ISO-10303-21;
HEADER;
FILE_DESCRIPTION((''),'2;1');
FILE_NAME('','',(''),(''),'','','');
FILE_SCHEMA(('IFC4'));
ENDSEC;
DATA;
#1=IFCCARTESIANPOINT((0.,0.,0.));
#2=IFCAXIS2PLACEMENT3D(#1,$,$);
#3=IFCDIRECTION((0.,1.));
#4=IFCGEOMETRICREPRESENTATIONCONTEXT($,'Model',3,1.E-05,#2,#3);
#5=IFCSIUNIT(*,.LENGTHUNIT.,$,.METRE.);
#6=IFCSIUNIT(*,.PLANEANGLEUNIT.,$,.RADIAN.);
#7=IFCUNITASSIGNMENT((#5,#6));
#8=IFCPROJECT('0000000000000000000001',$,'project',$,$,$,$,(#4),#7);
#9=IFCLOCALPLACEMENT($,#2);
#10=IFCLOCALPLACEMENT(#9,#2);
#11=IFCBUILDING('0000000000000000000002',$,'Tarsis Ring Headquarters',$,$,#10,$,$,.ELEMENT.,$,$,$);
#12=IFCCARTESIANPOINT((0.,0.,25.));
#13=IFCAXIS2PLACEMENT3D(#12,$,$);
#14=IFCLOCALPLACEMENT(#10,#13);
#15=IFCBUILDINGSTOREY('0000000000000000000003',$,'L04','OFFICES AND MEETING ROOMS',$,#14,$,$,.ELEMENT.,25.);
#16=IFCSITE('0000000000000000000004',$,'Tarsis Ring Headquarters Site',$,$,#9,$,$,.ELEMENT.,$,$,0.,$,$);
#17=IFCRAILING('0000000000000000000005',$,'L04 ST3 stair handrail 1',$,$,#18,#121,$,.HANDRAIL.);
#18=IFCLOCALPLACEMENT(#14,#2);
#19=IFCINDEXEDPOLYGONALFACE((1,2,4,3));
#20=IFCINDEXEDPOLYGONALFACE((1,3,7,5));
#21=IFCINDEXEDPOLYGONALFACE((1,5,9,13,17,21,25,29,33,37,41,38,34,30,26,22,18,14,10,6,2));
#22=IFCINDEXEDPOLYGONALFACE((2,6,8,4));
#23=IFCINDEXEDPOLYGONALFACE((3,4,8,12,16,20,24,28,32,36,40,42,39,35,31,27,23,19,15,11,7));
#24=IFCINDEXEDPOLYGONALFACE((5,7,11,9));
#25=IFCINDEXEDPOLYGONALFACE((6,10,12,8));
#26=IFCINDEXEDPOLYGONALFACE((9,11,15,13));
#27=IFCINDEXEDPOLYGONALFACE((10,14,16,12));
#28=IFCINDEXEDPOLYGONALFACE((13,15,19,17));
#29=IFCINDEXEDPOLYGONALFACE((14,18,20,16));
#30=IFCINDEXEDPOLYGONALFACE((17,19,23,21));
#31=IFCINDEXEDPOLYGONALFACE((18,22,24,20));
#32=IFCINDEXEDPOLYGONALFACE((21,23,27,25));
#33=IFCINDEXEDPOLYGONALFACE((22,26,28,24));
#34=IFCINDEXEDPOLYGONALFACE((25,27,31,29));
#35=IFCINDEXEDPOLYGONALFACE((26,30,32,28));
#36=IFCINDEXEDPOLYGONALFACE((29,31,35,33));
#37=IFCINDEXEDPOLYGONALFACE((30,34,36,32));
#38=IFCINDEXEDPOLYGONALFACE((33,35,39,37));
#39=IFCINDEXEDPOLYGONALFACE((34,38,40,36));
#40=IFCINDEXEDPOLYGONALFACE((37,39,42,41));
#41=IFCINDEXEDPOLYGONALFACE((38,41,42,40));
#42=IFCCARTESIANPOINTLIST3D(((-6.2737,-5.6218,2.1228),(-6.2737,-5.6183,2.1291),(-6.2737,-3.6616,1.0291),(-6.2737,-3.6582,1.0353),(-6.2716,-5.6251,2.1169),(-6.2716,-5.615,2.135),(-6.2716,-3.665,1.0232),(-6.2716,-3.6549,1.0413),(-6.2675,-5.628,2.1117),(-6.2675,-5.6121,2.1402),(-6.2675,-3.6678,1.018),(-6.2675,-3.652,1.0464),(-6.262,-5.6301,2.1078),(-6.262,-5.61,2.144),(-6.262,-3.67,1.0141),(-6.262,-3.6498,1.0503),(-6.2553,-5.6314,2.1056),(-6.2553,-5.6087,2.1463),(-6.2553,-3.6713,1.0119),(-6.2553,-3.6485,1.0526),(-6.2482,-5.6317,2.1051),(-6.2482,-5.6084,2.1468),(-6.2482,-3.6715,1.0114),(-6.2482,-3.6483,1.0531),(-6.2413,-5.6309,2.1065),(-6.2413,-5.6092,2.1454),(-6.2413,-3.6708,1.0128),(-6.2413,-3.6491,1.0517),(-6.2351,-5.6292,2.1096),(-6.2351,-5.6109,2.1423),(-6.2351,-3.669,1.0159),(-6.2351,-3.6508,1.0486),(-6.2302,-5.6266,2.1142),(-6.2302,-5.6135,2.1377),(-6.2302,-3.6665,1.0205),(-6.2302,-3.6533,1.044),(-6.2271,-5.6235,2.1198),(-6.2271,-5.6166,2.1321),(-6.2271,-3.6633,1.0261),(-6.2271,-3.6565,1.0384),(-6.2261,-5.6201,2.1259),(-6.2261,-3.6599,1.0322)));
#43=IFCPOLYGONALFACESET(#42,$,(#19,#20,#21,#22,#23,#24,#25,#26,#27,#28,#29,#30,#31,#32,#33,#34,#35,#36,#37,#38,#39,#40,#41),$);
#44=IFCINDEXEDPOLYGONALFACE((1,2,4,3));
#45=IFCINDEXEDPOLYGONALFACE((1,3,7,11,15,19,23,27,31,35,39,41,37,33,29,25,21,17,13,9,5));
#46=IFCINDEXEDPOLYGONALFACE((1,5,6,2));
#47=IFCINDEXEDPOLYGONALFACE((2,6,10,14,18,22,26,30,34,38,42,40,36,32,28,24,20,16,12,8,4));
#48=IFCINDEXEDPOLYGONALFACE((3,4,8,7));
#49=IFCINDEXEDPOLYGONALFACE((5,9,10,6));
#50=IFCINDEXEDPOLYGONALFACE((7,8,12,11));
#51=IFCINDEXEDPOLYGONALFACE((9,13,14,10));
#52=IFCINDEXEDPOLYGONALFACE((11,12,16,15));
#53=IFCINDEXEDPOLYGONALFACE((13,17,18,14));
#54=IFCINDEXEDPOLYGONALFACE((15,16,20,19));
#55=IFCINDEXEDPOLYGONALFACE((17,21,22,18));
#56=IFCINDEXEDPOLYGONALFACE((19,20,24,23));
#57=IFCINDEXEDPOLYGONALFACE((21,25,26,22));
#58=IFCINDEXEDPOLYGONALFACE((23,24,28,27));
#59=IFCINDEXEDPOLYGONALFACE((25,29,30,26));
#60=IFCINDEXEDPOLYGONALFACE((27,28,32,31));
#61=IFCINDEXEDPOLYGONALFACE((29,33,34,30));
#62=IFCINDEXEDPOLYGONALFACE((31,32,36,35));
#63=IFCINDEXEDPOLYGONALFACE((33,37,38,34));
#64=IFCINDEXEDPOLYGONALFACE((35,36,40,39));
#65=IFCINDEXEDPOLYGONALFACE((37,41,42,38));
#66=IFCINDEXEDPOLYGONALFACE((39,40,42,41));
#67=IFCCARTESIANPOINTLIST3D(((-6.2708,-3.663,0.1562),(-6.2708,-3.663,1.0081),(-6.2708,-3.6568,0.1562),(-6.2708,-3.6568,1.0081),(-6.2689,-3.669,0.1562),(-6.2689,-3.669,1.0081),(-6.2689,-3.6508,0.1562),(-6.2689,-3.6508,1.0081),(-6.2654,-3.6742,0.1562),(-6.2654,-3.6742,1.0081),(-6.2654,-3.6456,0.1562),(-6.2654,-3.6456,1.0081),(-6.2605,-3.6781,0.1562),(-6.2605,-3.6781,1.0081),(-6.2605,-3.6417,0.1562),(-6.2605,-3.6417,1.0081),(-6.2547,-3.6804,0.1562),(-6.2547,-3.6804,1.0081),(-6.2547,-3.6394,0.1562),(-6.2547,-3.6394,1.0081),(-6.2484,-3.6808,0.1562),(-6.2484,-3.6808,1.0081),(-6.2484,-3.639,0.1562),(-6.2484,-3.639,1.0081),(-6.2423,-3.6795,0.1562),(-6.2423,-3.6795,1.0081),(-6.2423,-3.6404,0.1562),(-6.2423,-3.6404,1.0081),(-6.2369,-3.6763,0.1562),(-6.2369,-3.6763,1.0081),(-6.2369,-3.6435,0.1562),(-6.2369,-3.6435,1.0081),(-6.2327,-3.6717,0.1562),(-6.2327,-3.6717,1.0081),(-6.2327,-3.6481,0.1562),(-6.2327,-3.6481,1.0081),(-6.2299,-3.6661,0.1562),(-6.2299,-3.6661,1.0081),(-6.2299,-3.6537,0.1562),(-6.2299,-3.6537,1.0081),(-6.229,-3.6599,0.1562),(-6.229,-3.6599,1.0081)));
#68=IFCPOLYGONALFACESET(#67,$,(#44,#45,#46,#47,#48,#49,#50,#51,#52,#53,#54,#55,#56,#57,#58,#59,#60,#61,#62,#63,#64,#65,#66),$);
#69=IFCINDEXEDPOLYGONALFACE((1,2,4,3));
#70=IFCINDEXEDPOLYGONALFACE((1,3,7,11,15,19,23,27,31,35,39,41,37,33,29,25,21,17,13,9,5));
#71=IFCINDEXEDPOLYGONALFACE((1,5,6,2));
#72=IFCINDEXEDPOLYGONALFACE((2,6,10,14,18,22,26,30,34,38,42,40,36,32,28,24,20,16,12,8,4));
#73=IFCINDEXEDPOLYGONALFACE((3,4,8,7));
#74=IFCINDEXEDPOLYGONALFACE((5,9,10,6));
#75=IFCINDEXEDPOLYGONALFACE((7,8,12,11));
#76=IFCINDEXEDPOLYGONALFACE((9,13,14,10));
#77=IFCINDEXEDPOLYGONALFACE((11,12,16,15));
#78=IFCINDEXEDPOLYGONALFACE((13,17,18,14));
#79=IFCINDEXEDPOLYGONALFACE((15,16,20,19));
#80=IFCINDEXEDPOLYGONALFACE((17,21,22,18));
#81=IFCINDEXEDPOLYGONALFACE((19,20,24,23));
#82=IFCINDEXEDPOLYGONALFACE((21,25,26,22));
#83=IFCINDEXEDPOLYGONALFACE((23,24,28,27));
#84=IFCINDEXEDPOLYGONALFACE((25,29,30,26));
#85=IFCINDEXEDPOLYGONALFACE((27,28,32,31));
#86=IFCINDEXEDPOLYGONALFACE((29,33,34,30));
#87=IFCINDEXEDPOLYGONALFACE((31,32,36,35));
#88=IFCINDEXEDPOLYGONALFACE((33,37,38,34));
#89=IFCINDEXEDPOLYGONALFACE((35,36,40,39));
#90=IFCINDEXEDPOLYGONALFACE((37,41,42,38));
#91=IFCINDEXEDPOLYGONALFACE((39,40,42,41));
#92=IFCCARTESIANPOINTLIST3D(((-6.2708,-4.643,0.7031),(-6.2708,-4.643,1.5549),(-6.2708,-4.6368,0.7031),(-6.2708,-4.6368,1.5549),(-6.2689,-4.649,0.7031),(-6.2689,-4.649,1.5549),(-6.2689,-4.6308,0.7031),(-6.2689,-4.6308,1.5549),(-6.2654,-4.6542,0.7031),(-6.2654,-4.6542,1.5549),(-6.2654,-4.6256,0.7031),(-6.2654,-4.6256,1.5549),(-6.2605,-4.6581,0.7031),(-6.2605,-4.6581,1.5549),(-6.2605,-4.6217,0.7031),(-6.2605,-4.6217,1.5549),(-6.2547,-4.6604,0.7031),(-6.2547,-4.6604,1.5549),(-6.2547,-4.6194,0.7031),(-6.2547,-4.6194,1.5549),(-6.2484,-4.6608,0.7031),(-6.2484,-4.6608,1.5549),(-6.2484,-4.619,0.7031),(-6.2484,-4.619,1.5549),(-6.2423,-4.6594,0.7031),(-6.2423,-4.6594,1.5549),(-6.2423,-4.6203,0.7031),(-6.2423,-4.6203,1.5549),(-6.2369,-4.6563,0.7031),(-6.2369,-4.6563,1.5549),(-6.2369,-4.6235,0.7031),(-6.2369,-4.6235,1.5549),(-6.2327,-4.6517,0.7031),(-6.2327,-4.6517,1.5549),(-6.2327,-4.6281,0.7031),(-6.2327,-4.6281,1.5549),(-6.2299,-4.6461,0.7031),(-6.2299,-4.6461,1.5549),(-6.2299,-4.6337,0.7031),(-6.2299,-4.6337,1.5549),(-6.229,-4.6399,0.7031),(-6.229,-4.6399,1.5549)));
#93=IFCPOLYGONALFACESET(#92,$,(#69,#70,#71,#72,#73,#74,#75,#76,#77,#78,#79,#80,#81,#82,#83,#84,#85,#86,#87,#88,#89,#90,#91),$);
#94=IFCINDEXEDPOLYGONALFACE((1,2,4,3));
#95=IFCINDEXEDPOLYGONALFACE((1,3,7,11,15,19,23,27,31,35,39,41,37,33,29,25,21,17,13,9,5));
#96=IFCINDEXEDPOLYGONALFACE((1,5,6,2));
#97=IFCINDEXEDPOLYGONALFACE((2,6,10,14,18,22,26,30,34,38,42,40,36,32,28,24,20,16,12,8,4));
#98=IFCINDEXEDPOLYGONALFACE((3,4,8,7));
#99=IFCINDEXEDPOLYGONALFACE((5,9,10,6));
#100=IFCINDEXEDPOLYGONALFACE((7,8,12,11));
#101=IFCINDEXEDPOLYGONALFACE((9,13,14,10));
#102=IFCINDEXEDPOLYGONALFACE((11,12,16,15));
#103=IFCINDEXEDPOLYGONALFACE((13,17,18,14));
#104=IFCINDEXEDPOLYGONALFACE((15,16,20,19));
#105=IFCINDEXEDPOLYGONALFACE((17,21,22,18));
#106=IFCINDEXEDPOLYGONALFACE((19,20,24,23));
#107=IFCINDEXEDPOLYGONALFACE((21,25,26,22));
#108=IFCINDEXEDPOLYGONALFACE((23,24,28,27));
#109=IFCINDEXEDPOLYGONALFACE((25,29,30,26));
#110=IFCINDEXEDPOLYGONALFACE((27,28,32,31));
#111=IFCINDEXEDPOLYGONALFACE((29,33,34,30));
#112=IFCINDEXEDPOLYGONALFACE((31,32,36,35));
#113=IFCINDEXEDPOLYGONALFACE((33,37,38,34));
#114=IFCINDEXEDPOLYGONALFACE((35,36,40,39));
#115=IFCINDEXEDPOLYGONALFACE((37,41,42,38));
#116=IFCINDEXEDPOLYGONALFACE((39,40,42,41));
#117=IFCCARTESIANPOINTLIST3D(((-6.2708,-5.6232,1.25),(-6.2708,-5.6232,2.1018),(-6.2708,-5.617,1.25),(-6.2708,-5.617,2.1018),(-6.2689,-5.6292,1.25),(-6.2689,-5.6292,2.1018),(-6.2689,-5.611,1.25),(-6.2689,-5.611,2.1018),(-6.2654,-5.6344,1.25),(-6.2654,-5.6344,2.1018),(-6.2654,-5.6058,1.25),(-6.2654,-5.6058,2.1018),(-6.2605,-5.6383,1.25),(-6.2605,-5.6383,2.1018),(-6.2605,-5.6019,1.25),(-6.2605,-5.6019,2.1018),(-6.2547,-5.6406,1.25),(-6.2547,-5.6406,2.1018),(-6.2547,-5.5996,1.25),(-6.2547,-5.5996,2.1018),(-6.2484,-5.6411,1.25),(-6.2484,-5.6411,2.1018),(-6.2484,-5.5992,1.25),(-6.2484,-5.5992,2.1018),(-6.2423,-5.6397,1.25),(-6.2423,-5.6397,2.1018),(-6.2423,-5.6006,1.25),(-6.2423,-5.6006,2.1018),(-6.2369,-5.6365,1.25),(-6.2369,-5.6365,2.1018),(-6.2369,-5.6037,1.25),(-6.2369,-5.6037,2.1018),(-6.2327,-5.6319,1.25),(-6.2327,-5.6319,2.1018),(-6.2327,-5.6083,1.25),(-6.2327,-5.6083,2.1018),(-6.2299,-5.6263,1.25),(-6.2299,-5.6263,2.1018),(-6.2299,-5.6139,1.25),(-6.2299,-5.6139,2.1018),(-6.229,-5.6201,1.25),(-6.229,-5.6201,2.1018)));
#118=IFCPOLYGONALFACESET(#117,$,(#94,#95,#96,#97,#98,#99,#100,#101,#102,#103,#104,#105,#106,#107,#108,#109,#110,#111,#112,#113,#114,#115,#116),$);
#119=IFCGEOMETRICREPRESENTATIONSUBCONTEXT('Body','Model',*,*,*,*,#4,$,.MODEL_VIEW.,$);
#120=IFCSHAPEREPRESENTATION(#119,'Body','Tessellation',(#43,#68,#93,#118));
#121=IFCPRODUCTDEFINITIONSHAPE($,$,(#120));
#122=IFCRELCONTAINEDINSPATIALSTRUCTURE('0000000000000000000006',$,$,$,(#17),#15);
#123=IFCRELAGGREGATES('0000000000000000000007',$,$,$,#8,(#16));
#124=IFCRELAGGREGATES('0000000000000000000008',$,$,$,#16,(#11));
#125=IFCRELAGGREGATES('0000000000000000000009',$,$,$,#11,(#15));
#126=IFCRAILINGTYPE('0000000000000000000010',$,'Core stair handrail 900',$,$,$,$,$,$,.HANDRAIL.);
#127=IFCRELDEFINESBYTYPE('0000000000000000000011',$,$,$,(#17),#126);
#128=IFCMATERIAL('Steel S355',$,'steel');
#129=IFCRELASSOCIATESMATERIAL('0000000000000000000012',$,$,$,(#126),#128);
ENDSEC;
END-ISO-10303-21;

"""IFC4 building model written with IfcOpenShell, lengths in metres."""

from ifc_helpers import new_model, si_unit, direction, frame, origin, origin_2d, place, context, subcontext, project, spatial, circle, extrude, material, type_object, element, save


model = new_model("IFC4")

# Units and contexts
model_context = context("Model", 3, precision=1e-05, world=origin(), true_north=direction((0.0, 1.0)))
body_context = subcontext(model_context, "Body", "Model", "MODEL_VIEW")
ifc_project = project(units=[si_unit("LENGTHUNIT", "METRE"), si_unit("PLANEANGLEUNIT", "RADIAN")], contexts=[model_context])

# Site, building, storey
site_placement = place(None, origin())
site = spatial("IfcSite", under=ifc_project, at=site_placement, Name="Tarsis Ring Headquarters Site", CompositionType="ELEMENT", RefElevation=0.0)
building_placement = place(site_placement, origin())
building = spatial("IfcBuilding", under=site, at=building_placement, Name="Tarsis Ring Headquarters", CompositionType="ELEMENT")
storey_placement = place(building_placement, frame((0.0, 0.0, 25.0)))
storey = spatial("IfcBuildingStorey", under=building, at=storey_placement, Name="L04", Description="OFFICES AND MEETING ROOMS", CompositionType="ELEMENT", Elevation=25.0)

# Railing
ifc_material_1 = material(Name="Steel S355", Category="steel")
railing_type_1 = type_object("IfcRailingType", Name="Core stair handrail 900", PredefinedType="HANDRAIL", material=ifc_material_1)
railing_1_placement = place(storey_placement, frame((-6.25, -3.6599, 0.1562)))
element("IfcRailing", 1, at=railing_1_placement, inside=storey, type_object=railing_type_1, Name="L04 ST3 stair handrail 1", PredefinedType="HANDRAIL", context=body_context, shape_type="SweptSolid", body=[
    extrude(circle(Radius=0.0239, at=origin_2d()), frame((0.0, 0.0, 0.876), z_axis=(0.0, -0.873258, 0.487258), x_axis=(1.0, 0.0, 0.0)), (0.0, 0.0, 1.0), 2.2446),
    extrude(circle(Radius=0.021, at=origin_2d()), origin(), (0.0, 0.0, 1.0), 0.8518),
    extrude(circle(Radius=0.021, at=origin_2d()), frame((0.0, -0.98, 0.5469)), (0.0, 0.0, 1.0), 0.8518),
    extrude(circle(Radius=0.021, at=origin_2d()), frame((0.0, -1.9602, 1.0938)), (0.0, 0.0, 1.0), 0.8518),
])

save(model, "model.ifc")
